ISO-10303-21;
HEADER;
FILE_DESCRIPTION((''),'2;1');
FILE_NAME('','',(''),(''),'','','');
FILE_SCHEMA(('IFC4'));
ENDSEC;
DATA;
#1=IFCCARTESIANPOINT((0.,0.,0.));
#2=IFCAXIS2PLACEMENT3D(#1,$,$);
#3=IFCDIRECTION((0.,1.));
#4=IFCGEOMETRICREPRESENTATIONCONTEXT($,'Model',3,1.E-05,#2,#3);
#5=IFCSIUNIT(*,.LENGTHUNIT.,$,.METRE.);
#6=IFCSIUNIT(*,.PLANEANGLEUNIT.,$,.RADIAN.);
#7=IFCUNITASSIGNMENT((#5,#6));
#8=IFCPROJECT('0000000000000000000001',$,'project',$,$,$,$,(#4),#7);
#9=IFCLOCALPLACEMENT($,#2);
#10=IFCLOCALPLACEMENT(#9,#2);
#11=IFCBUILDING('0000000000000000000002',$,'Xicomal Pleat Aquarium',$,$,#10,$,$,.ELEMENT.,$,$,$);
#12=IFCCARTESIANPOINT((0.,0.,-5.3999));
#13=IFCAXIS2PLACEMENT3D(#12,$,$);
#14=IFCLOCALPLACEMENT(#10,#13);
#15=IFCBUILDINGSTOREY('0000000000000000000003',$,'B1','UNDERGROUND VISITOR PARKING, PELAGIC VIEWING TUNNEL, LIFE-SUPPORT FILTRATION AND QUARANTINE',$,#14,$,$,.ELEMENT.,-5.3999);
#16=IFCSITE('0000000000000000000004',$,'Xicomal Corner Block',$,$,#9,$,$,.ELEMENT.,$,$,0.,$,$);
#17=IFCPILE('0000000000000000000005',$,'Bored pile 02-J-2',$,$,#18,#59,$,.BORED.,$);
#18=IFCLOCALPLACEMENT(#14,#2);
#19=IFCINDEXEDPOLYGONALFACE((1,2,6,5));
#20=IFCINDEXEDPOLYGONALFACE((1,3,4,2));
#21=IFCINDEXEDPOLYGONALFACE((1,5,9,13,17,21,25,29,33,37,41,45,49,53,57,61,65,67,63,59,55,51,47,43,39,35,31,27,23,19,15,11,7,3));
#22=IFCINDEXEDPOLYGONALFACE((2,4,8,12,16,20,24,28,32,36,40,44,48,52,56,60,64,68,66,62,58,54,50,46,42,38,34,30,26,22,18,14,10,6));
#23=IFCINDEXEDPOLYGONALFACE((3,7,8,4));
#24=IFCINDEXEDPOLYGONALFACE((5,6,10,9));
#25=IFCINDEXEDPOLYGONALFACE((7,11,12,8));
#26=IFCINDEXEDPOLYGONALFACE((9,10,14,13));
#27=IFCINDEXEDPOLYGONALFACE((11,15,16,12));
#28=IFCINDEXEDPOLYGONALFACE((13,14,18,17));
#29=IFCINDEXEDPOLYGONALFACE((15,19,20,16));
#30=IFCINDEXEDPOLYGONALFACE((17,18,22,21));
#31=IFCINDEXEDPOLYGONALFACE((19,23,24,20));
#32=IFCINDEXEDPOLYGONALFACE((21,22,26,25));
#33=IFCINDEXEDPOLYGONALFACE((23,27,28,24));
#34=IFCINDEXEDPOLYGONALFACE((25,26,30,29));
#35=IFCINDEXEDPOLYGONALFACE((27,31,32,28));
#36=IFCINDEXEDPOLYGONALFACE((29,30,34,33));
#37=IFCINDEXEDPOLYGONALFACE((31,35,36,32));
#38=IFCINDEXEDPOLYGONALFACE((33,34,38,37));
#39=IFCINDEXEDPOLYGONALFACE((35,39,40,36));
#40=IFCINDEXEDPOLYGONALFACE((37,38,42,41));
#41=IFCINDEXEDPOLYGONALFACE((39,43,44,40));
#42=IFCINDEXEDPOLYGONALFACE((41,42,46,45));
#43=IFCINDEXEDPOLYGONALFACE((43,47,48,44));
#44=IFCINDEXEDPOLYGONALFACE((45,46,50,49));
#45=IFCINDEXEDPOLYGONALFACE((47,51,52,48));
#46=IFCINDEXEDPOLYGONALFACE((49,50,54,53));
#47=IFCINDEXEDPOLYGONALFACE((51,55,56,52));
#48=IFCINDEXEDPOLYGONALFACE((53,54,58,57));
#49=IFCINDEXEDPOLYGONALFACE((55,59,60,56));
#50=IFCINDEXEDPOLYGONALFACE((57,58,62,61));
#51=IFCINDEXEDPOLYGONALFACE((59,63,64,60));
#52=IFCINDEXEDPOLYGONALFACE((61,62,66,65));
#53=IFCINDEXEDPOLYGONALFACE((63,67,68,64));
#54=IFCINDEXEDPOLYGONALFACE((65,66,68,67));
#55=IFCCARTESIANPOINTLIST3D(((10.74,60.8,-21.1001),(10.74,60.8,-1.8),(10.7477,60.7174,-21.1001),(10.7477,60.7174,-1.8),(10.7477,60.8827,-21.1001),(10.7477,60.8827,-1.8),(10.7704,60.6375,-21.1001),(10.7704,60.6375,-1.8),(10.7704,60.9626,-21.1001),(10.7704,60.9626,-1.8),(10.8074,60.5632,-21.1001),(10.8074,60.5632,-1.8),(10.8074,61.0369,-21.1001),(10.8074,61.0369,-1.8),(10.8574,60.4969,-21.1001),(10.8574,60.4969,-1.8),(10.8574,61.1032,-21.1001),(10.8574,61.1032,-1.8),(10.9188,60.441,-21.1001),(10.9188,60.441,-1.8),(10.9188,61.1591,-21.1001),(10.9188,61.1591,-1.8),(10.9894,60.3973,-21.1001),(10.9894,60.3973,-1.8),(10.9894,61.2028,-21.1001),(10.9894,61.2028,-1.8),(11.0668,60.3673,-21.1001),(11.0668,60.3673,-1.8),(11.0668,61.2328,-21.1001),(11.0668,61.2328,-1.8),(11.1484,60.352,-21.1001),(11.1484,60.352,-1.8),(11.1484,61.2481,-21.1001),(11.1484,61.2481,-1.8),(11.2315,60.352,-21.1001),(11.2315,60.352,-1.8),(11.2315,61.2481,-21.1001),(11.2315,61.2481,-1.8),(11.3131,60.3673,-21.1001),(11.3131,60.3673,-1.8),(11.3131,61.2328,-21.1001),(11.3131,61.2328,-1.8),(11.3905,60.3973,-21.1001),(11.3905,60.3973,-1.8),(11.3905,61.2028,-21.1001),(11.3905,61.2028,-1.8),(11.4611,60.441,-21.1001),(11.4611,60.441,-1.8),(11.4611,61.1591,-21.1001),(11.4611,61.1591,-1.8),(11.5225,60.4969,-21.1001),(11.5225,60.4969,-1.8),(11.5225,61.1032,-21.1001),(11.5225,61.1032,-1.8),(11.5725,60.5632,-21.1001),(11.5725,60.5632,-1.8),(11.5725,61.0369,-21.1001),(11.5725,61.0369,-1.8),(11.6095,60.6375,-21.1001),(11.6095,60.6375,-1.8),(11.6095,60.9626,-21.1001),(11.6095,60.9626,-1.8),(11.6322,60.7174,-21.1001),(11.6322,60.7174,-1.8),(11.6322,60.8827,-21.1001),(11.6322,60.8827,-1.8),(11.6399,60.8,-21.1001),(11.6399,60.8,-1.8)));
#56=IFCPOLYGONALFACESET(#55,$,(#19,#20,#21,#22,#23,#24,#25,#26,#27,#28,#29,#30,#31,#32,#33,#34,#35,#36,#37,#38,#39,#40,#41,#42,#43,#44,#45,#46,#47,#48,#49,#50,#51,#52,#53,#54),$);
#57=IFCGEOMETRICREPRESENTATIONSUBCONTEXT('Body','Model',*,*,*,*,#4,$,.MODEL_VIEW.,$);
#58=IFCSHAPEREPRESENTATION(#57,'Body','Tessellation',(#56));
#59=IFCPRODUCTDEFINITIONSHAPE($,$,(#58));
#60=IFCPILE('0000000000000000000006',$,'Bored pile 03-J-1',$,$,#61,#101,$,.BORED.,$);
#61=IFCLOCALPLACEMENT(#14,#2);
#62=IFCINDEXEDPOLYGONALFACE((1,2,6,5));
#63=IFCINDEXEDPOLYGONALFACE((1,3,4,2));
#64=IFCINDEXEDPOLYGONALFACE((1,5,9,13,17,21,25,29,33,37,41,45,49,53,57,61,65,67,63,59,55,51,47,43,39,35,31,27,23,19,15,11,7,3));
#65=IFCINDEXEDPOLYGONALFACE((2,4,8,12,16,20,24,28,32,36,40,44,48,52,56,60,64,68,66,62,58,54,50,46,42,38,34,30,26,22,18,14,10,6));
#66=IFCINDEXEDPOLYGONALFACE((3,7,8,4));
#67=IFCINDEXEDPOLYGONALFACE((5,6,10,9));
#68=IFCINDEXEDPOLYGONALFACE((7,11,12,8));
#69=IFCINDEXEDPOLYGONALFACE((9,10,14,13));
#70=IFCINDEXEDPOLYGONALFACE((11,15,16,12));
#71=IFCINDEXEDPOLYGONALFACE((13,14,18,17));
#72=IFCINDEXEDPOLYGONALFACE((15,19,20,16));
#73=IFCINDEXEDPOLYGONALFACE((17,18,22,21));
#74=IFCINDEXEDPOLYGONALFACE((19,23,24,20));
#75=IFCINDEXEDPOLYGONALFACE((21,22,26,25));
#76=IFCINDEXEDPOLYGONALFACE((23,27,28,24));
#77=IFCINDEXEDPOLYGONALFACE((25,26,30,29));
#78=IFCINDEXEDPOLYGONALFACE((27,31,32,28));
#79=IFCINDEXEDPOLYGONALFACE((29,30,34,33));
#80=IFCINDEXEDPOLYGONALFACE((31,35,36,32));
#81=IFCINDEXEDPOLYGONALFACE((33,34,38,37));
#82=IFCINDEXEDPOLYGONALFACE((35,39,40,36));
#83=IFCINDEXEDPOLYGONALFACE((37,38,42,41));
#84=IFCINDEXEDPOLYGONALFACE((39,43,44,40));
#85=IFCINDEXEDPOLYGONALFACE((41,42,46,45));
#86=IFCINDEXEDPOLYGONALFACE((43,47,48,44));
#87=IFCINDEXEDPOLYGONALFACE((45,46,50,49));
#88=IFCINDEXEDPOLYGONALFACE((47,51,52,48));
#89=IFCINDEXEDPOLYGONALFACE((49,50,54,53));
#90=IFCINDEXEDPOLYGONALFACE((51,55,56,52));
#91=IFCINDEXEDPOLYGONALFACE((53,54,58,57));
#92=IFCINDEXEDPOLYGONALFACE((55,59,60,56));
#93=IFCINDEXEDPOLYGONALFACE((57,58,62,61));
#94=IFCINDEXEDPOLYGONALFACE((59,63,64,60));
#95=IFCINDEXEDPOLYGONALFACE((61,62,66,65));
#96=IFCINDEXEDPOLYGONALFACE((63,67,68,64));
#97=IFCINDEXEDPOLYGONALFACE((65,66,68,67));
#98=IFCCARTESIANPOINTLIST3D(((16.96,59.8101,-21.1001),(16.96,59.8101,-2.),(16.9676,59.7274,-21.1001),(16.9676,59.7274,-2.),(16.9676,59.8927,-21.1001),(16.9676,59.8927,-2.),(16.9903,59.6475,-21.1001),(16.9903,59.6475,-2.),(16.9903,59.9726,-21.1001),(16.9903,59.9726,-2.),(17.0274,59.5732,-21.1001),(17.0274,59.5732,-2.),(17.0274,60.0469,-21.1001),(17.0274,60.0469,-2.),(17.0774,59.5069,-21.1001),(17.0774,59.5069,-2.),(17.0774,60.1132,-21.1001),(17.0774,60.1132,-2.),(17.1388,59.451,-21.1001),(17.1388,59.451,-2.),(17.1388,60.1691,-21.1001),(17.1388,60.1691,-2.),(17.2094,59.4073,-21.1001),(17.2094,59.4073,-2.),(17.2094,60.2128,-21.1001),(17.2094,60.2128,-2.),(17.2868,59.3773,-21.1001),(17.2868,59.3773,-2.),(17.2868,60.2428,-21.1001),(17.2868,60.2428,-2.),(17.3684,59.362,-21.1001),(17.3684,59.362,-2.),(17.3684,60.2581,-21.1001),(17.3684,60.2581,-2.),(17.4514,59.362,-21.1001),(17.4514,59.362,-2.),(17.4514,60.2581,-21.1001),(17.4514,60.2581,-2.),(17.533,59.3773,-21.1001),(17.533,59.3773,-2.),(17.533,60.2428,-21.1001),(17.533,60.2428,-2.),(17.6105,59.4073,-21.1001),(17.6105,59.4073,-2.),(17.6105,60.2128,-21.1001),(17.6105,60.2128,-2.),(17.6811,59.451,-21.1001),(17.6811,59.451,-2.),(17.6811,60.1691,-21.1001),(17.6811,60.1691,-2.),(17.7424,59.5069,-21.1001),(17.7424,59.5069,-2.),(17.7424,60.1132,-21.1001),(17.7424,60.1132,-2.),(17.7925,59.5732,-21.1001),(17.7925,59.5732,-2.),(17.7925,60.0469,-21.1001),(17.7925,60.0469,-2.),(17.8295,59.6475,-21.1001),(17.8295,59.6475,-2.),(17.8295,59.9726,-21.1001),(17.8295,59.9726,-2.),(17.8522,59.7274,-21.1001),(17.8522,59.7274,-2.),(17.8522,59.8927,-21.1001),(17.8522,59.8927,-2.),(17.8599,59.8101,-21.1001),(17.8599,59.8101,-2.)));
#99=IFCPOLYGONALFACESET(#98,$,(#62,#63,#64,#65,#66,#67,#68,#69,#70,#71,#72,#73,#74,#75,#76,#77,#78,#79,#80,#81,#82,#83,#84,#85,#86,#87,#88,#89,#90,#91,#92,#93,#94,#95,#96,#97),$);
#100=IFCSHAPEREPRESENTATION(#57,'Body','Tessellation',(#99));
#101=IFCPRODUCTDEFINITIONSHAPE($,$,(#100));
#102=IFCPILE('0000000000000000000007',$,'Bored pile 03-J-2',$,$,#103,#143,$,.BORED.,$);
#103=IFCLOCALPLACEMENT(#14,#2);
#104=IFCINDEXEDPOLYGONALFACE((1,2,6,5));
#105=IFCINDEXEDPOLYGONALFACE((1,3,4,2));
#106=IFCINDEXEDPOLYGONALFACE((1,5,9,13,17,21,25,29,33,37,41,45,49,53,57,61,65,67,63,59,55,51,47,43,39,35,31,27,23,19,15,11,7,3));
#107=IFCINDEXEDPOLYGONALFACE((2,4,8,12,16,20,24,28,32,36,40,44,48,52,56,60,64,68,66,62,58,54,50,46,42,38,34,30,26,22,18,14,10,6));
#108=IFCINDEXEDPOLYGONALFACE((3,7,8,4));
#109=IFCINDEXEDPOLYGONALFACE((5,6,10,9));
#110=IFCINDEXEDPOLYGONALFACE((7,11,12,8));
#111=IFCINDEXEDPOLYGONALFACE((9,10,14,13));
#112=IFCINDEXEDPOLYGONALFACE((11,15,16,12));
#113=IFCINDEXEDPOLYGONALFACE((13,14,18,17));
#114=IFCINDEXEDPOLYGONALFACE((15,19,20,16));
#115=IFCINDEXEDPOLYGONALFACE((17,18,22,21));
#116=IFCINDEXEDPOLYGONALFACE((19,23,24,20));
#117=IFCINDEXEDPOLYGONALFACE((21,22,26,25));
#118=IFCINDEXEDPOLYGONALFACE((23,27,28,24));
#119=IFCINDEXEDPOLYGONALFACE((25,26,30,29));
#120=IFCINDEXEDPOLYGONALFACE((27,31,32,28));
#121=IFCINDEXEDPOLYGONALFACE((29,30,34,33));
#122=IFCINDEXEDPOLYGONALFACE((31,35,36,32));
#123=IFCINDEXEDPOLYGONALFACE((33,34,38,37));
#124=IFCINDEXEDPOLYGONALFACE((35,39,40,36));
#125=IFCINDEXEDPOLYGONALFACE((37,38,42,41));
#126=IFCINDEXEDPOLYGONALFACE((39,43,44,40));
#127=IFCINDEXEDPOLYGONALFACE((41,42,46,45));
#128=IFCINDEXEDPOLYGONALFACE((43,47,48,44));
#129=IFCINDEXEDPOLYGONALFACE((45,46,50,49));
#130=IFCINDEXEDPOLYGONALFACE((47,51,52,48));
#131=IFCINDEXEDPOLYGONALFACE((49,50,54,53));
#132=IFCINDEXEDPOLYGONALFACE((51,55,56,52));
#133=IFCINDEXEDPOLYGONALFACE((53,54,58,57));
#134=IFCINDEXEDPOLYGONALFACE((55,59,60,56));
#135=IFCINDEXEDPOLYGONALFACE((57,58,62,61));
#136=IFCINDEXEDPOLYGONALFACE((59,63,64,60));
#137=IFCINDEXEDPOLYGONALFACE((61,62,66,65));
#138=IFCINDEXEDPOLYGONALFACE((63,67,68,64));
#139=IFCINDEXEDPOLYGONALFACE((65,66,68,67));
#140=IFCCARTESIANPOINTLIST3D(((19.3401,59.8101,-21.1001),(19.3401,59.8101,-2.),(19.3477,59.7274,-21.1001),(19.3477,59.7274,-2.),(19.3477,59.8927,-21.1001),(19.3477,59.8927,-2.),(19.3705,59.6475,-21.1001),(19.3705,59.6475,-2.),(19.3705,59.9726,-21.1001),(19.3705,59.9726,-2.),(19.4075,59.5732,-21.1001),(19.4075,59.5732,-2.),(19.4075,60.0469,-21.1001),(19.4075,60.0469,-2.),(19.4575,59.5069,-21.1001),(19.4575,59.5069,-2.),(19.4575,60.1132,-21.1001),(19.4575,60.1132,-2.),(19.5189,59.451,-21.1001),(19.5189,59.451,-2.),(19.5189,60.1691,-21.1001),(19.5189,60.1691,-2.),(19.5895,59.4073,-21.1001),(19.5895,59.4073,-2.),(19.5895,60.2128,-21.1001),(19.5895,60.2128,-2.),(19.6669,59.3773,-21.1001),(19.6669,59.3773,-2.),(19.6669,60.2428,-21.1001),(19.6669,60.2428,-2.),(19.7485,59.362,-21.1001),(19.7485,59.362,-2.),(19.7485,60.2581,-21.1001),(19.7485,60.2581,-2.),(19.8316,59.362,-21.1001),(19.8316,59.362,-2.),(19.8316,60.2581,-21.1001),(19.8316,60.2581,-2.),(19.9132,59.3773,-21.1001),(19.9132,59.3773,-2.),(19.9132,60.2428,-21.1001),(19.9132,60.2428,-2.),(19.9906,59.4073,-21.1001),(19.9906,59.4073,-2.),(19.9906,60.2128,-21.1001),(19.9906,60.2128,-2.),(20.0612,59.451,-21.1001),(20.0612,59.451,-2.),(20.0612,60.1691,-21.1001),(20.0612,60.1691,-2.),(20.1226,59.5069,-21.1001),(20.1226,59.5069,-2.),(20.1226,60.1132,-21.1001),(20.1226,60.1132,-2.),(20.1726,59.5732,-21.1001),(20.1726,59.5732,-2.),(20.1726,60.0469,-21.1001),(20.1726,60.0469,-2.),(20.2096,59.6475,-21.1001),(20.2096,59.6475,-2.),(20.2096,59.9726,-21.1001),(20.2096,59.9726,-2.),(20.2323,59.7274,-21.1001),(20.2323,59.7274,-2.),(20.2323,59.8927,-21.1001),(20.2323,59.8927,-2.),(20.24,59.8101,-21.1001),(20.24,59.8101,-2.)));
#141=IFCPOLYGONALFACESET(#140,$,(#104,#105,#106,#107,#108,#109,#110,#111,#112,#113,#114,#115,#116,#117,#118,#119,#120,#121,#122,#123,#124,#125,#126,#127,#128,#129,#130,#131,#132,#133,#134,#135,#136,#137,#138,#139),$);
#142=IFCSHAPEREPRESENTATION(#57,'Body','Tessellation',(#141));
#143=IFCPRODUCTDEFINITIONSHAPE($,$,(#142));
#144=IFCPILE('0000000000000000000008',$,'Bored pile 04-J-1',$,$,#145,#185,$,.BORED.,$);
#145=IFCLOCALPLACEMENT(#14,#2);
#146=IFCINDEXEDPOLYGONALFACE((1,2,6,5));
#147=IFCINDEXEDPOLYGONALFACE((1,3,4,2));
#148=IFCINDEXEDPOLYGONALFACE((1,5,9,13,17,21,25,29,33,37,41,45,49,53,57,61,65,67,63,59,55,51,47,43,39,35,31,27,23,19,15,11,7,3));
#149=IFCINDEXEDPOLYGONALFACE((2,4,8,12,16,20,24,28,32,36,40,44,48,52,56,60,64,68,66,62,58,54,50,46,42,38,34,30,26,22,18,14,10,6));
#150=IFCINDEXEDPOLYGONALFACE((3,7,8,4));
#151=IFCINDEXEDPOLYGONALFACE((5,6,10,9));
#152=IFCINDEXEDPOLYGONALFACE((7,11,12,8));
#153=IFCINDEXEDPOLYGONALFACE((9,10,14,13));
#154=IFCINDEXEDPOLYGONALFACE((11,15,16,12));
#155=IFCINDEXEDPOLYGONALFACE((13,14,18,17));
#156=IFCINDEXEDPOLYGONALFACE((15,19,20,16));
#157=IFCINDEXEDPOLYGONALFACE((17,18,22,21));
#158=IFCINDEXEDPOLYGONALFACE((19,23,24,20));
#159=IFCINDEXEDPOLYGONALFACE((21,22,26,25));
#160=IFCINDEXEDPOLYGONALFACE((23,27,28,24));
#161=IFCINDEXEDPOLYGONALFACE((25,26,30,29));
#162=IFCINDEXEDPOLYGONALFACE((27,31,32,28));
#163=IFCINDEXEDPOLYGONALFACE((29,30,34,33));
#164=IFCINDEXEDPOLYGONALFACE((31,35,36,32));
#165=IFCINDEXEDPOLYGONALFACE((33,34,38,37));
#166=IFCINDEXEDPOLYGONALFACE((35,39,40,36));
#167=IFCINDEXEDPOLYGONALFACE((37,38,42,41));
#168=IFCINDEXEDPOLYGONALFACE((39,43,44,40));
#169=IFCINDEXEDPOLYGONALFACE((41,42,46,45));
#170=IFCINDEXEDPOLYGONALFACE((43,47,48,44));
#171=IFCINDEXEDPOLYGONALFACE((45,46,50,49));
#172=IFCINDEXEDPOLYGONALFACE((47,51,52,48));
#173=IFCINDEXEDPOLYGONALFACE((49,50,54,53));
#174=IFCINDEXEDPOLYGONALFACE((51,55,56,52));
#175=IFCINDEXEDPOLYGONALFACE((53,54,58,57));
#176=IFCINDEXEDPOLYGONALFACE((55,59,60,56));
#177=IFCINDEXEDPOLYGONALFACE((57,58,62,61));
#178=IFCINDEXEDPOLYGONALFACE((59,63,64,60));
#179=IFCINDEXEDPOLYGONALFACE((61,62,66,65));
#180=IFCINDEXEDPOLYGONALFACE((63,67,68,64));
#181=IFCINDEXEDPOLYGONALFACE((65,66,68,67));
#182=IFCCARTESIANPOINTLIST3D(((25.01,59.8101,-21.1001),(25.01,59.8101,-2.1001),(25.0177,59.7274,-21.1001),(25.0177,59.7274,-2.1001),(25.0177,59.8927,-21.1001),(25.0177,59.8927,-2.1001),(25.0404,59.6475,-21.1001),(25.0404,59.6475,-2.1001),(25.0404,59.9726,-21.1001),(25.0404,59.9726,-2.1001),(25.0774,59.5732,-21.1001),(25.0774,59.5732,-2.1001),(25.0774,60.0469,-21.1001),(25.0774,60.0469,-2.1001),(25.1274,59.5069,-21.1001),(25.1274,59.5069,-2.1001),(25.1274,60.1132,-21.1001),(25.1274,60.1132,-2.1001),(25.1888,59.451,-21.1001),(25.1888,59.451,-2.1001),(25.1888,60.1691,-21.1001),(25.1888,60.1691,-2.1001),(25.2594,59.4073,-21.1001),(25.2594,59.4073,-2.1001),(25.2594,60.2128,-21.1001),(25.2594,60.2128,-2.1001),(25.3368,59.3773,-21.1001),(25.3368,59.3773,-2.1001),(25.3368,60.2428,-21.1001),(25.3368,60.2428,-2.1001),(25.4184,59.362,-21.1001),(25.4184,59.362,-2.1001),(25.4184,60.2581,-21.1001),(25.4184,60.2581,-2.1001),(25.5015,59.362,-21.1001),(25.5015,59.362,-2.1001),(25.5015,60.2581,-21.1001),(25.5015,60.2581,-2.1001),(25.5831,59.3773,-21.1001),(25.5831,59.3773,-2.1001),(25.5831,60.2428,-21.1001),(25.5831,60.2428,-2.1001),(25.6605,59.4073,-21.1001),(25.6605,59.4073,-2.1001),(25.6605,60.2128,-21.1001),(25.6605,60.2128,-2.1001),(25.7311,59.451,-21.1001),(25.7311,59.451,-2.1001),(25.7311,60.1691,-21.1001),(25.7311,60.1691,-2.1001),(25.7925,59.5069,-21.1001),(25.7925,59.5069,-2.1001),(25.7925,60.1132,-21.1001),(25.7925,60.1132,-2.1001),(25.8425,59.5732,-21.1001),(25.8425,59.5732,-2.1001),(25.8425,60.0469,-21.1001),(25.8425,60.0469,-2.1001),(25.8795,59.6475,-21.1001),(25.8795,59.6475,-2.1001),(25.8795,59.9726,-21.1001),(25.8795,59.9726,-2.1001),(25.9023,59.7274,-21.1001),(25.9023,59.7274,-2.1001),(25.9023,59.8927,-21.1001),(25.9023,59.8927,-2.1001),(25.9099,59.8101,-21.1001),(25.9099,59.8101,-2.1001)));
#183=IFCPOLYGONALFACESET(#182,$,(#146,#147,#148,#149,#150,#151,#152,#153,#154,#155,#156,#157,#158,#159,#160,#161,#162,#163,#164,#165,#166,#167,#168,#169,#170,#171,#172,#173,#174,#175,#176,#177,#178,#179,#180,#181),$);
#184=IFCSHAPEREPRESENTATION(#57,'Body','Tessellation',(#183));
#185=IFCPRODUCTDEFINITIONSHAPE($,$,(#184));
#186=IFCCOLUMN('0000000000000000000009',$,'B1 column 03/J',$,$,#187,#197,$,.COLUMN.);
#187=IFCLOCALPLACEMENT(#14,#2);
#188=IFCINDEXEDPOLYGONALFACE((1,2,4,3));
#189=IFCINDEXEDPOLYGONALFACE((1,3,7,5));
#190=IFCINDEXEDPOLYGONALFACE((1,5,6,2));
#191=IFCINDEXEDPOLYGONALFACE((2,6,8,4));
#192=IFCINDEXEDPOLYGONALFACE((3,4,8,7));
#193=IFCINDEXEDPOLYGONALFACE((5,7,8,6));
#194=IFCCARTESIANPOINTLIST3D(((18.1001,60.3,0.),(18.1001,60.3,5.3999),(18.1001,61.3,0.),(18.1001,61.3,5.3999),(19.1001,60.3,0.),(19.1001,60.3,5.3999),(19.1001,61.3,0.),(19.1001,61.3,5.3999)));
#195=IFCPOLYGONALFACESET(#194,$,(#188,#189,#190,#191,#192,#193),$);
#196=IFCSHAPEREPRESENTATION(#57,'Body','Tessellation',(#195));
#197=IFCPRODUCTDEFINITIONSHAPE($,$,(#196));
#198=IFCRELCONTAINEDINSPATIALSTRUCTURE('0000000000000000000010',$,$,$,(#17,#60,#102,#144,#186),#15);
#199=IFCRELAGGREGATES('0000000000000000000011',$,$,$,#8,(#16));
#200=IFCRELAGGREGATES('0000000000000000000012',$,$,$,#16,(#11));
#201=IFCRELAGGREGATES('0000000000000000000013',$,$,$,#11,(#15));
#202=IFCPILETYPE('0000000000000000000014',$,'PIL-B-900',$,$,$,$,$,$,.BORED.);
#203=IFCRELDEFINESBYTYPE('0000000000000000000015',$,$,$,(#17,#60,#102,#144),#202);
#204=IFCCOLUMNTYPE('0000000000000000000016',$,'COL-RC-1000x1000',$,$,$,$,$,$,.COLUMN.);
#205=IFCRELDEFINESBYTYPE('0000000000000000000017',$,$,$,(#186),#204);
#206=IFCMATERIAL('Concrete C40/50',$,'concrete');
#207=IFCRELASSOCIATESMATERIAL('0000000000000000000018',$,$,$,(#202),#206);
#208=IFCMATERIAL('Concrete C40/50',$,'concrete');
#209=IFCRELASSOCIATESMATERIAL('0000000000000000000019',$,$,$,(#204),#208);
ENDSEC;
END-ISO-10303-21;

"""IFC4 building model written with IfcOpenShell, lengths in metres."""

from ifc_helpers import new_model, si_unit, direction, frame, origin, origin_2d, place, context, subcontext, project, spatial, rectangle, circle, extrude, material, material_profile, profile_set, type_object, element, save


model = new_model("IFC4")

# Units and contexts
model_context = context("Model", 3, precision=1e-05, world=origin(), true_north=direction((0.0, 1.0)))
body_context = subcontext(model_context, "Body", "Model", "MODEL_VIEW")
ifc_project = project(units=[si_unit("LENGTHUNIT", "METRE"), si_unit("PLANEANGLEUNIT", "RADIAN")], contexts=[model_context])

# Site, building, storey
site_placement = place(None, origin())
site = spatial("IfcSite", under=ifc_project, at=site_placement, Name="Xicomal Corner Block", CompositionType="ELEMENT", RefElevation=0.0)
building_placement = place(site_placement, origin())
building = spatial("IfcBuilding", under=site, at=building_placement, Name="Xicomal Pleat Aquarium", CompositionType="ELEMENT")
storey_placement = place(building_placement, frame((0.0, 0.0, -5.3999)))
storey = spatial("IfcBuildingStorey", under=building, at=storey_placement, Name="B1", Description="UNDERGROUND VISITOR PARKING, PELAGIC VIEWING TUNNEL, LIFE-SUPPORT FILTRATION AND QUARANTINE", CompositionType="ELEMENT", Elevation=-5.3999)

# Piles
ifc_material_1 = material(Name="Concrete C40/50", Category="concrete")
ifc_material_profile_1 = material_profile(ifc_material_1, circle(Radius=0.45, at=origin_2d()), Name="BORED PILE D900")
ifc_profile_set_1 = profile_set([ifc_material_profile_1], Name="Concrete C40/50")
pile_type_1 = type_object("IfcPileType", Name="PIL-B-900", PredefinedType="BORED", material=ifc_profile_set_1)
pile_1_placement = place(storey_placement, frame((11.1899, 60.8, -1.8), z_axis=(0.0, 0.0, -1.0), x_axis=(1.0, 0.0, 0.0)))
element("IfcPile", 1, at=pile_1_placement, inside=storey, type_object=pile_type_1, Name="Bored pile 02-J-2", PredefinedType="BORED", context=body_context, shape_type="SweptSolid", body=[
    extrude(circle(Radius=0.45, at=origin_2d()), origin(), (0.0, 0.0, 1.0), 19.3),
])
for number, where, z_axis, x_axis, name in (
    (2, (17.4099, 59.8101, -2.0), (0.0, 0.0, -1.0), (1.0, 0.0, 0.0), "Bored pile 03-J-1"),
    (3, (19.79, 59.8101, -2.0), (0.0, 0.0, -1.0), (1.0, 0.0, 0.0), "Bored pile 03-J-2"),
):
    element("IfcPile", number, at=place(storey_placement, frame(where, z_axis=z_axis, x_axis=x_axis)), inside=storey, type_object=pile_type_1, Name=name, PredefinedType="BORED", context=body_context, shape_type="SweptSolid", body=[
        extrude(circle(Radius=0.45, at=origin_2d()), origin(), (0.0, 0.0, 1.0), 19.1001),
    ])
pile_2_placement = place(storey_placement, frame((25.46, 59.8101, -2.1001), z_axis=(0.0, 0.0, -1.0), x_axis=(1.0, 0.0, 0.0)))
element("IfcPile", 4, at=pile_2_placement, inside=storey, type_object=pile_type_1, Name="Bored pile 04-J-1", PredefinedType="BORED", context=body_context, shape_type="SweptSolid", body=[
    extrude(circle(Radius=0.45, at=origin_2d()), origin(), (0.0, 0.0, 1.0), 19.0),
])

# Column
ifc_material_2 = material(Name="Concrete C40/50", Category="concrete")
ifc_material_profile_2 = material_profile(ifc_material_2, rectangle(XDim=1.0, YDim=1.0, at=origin_2d()), Name="RC 1000x1000")
ifc_profile_set_2 = profile_set([ifc_material_profile_2], Name="Concrete C40/50")
column_type = type_object("IfcColumnType", Name="COL-RC-1000x1000", PredefinedType="COLUMN", material=ifc_profile_set_2)
column_placement = place(storey_placement, frame((18.6001, 60.8, 0.0), z_axis=(0.0, 0.0, 1.0), x_axis=(1.0, 0.0, 0.0)))
element("IfcColumn", 5, at=column_placement, inside=storey, type_object=column_type, Name="B1 column 03/J", PredefinedType="COLUMN", context=body_context, shape_type="SweptSolid", body=[
    extrude(rectangle(XDim=1.0, YDim=1.0, at=origin_2d()), origin(), (0.0, 0.0, 1.0), 5.3999),
])

save(model, "model.ifc")
